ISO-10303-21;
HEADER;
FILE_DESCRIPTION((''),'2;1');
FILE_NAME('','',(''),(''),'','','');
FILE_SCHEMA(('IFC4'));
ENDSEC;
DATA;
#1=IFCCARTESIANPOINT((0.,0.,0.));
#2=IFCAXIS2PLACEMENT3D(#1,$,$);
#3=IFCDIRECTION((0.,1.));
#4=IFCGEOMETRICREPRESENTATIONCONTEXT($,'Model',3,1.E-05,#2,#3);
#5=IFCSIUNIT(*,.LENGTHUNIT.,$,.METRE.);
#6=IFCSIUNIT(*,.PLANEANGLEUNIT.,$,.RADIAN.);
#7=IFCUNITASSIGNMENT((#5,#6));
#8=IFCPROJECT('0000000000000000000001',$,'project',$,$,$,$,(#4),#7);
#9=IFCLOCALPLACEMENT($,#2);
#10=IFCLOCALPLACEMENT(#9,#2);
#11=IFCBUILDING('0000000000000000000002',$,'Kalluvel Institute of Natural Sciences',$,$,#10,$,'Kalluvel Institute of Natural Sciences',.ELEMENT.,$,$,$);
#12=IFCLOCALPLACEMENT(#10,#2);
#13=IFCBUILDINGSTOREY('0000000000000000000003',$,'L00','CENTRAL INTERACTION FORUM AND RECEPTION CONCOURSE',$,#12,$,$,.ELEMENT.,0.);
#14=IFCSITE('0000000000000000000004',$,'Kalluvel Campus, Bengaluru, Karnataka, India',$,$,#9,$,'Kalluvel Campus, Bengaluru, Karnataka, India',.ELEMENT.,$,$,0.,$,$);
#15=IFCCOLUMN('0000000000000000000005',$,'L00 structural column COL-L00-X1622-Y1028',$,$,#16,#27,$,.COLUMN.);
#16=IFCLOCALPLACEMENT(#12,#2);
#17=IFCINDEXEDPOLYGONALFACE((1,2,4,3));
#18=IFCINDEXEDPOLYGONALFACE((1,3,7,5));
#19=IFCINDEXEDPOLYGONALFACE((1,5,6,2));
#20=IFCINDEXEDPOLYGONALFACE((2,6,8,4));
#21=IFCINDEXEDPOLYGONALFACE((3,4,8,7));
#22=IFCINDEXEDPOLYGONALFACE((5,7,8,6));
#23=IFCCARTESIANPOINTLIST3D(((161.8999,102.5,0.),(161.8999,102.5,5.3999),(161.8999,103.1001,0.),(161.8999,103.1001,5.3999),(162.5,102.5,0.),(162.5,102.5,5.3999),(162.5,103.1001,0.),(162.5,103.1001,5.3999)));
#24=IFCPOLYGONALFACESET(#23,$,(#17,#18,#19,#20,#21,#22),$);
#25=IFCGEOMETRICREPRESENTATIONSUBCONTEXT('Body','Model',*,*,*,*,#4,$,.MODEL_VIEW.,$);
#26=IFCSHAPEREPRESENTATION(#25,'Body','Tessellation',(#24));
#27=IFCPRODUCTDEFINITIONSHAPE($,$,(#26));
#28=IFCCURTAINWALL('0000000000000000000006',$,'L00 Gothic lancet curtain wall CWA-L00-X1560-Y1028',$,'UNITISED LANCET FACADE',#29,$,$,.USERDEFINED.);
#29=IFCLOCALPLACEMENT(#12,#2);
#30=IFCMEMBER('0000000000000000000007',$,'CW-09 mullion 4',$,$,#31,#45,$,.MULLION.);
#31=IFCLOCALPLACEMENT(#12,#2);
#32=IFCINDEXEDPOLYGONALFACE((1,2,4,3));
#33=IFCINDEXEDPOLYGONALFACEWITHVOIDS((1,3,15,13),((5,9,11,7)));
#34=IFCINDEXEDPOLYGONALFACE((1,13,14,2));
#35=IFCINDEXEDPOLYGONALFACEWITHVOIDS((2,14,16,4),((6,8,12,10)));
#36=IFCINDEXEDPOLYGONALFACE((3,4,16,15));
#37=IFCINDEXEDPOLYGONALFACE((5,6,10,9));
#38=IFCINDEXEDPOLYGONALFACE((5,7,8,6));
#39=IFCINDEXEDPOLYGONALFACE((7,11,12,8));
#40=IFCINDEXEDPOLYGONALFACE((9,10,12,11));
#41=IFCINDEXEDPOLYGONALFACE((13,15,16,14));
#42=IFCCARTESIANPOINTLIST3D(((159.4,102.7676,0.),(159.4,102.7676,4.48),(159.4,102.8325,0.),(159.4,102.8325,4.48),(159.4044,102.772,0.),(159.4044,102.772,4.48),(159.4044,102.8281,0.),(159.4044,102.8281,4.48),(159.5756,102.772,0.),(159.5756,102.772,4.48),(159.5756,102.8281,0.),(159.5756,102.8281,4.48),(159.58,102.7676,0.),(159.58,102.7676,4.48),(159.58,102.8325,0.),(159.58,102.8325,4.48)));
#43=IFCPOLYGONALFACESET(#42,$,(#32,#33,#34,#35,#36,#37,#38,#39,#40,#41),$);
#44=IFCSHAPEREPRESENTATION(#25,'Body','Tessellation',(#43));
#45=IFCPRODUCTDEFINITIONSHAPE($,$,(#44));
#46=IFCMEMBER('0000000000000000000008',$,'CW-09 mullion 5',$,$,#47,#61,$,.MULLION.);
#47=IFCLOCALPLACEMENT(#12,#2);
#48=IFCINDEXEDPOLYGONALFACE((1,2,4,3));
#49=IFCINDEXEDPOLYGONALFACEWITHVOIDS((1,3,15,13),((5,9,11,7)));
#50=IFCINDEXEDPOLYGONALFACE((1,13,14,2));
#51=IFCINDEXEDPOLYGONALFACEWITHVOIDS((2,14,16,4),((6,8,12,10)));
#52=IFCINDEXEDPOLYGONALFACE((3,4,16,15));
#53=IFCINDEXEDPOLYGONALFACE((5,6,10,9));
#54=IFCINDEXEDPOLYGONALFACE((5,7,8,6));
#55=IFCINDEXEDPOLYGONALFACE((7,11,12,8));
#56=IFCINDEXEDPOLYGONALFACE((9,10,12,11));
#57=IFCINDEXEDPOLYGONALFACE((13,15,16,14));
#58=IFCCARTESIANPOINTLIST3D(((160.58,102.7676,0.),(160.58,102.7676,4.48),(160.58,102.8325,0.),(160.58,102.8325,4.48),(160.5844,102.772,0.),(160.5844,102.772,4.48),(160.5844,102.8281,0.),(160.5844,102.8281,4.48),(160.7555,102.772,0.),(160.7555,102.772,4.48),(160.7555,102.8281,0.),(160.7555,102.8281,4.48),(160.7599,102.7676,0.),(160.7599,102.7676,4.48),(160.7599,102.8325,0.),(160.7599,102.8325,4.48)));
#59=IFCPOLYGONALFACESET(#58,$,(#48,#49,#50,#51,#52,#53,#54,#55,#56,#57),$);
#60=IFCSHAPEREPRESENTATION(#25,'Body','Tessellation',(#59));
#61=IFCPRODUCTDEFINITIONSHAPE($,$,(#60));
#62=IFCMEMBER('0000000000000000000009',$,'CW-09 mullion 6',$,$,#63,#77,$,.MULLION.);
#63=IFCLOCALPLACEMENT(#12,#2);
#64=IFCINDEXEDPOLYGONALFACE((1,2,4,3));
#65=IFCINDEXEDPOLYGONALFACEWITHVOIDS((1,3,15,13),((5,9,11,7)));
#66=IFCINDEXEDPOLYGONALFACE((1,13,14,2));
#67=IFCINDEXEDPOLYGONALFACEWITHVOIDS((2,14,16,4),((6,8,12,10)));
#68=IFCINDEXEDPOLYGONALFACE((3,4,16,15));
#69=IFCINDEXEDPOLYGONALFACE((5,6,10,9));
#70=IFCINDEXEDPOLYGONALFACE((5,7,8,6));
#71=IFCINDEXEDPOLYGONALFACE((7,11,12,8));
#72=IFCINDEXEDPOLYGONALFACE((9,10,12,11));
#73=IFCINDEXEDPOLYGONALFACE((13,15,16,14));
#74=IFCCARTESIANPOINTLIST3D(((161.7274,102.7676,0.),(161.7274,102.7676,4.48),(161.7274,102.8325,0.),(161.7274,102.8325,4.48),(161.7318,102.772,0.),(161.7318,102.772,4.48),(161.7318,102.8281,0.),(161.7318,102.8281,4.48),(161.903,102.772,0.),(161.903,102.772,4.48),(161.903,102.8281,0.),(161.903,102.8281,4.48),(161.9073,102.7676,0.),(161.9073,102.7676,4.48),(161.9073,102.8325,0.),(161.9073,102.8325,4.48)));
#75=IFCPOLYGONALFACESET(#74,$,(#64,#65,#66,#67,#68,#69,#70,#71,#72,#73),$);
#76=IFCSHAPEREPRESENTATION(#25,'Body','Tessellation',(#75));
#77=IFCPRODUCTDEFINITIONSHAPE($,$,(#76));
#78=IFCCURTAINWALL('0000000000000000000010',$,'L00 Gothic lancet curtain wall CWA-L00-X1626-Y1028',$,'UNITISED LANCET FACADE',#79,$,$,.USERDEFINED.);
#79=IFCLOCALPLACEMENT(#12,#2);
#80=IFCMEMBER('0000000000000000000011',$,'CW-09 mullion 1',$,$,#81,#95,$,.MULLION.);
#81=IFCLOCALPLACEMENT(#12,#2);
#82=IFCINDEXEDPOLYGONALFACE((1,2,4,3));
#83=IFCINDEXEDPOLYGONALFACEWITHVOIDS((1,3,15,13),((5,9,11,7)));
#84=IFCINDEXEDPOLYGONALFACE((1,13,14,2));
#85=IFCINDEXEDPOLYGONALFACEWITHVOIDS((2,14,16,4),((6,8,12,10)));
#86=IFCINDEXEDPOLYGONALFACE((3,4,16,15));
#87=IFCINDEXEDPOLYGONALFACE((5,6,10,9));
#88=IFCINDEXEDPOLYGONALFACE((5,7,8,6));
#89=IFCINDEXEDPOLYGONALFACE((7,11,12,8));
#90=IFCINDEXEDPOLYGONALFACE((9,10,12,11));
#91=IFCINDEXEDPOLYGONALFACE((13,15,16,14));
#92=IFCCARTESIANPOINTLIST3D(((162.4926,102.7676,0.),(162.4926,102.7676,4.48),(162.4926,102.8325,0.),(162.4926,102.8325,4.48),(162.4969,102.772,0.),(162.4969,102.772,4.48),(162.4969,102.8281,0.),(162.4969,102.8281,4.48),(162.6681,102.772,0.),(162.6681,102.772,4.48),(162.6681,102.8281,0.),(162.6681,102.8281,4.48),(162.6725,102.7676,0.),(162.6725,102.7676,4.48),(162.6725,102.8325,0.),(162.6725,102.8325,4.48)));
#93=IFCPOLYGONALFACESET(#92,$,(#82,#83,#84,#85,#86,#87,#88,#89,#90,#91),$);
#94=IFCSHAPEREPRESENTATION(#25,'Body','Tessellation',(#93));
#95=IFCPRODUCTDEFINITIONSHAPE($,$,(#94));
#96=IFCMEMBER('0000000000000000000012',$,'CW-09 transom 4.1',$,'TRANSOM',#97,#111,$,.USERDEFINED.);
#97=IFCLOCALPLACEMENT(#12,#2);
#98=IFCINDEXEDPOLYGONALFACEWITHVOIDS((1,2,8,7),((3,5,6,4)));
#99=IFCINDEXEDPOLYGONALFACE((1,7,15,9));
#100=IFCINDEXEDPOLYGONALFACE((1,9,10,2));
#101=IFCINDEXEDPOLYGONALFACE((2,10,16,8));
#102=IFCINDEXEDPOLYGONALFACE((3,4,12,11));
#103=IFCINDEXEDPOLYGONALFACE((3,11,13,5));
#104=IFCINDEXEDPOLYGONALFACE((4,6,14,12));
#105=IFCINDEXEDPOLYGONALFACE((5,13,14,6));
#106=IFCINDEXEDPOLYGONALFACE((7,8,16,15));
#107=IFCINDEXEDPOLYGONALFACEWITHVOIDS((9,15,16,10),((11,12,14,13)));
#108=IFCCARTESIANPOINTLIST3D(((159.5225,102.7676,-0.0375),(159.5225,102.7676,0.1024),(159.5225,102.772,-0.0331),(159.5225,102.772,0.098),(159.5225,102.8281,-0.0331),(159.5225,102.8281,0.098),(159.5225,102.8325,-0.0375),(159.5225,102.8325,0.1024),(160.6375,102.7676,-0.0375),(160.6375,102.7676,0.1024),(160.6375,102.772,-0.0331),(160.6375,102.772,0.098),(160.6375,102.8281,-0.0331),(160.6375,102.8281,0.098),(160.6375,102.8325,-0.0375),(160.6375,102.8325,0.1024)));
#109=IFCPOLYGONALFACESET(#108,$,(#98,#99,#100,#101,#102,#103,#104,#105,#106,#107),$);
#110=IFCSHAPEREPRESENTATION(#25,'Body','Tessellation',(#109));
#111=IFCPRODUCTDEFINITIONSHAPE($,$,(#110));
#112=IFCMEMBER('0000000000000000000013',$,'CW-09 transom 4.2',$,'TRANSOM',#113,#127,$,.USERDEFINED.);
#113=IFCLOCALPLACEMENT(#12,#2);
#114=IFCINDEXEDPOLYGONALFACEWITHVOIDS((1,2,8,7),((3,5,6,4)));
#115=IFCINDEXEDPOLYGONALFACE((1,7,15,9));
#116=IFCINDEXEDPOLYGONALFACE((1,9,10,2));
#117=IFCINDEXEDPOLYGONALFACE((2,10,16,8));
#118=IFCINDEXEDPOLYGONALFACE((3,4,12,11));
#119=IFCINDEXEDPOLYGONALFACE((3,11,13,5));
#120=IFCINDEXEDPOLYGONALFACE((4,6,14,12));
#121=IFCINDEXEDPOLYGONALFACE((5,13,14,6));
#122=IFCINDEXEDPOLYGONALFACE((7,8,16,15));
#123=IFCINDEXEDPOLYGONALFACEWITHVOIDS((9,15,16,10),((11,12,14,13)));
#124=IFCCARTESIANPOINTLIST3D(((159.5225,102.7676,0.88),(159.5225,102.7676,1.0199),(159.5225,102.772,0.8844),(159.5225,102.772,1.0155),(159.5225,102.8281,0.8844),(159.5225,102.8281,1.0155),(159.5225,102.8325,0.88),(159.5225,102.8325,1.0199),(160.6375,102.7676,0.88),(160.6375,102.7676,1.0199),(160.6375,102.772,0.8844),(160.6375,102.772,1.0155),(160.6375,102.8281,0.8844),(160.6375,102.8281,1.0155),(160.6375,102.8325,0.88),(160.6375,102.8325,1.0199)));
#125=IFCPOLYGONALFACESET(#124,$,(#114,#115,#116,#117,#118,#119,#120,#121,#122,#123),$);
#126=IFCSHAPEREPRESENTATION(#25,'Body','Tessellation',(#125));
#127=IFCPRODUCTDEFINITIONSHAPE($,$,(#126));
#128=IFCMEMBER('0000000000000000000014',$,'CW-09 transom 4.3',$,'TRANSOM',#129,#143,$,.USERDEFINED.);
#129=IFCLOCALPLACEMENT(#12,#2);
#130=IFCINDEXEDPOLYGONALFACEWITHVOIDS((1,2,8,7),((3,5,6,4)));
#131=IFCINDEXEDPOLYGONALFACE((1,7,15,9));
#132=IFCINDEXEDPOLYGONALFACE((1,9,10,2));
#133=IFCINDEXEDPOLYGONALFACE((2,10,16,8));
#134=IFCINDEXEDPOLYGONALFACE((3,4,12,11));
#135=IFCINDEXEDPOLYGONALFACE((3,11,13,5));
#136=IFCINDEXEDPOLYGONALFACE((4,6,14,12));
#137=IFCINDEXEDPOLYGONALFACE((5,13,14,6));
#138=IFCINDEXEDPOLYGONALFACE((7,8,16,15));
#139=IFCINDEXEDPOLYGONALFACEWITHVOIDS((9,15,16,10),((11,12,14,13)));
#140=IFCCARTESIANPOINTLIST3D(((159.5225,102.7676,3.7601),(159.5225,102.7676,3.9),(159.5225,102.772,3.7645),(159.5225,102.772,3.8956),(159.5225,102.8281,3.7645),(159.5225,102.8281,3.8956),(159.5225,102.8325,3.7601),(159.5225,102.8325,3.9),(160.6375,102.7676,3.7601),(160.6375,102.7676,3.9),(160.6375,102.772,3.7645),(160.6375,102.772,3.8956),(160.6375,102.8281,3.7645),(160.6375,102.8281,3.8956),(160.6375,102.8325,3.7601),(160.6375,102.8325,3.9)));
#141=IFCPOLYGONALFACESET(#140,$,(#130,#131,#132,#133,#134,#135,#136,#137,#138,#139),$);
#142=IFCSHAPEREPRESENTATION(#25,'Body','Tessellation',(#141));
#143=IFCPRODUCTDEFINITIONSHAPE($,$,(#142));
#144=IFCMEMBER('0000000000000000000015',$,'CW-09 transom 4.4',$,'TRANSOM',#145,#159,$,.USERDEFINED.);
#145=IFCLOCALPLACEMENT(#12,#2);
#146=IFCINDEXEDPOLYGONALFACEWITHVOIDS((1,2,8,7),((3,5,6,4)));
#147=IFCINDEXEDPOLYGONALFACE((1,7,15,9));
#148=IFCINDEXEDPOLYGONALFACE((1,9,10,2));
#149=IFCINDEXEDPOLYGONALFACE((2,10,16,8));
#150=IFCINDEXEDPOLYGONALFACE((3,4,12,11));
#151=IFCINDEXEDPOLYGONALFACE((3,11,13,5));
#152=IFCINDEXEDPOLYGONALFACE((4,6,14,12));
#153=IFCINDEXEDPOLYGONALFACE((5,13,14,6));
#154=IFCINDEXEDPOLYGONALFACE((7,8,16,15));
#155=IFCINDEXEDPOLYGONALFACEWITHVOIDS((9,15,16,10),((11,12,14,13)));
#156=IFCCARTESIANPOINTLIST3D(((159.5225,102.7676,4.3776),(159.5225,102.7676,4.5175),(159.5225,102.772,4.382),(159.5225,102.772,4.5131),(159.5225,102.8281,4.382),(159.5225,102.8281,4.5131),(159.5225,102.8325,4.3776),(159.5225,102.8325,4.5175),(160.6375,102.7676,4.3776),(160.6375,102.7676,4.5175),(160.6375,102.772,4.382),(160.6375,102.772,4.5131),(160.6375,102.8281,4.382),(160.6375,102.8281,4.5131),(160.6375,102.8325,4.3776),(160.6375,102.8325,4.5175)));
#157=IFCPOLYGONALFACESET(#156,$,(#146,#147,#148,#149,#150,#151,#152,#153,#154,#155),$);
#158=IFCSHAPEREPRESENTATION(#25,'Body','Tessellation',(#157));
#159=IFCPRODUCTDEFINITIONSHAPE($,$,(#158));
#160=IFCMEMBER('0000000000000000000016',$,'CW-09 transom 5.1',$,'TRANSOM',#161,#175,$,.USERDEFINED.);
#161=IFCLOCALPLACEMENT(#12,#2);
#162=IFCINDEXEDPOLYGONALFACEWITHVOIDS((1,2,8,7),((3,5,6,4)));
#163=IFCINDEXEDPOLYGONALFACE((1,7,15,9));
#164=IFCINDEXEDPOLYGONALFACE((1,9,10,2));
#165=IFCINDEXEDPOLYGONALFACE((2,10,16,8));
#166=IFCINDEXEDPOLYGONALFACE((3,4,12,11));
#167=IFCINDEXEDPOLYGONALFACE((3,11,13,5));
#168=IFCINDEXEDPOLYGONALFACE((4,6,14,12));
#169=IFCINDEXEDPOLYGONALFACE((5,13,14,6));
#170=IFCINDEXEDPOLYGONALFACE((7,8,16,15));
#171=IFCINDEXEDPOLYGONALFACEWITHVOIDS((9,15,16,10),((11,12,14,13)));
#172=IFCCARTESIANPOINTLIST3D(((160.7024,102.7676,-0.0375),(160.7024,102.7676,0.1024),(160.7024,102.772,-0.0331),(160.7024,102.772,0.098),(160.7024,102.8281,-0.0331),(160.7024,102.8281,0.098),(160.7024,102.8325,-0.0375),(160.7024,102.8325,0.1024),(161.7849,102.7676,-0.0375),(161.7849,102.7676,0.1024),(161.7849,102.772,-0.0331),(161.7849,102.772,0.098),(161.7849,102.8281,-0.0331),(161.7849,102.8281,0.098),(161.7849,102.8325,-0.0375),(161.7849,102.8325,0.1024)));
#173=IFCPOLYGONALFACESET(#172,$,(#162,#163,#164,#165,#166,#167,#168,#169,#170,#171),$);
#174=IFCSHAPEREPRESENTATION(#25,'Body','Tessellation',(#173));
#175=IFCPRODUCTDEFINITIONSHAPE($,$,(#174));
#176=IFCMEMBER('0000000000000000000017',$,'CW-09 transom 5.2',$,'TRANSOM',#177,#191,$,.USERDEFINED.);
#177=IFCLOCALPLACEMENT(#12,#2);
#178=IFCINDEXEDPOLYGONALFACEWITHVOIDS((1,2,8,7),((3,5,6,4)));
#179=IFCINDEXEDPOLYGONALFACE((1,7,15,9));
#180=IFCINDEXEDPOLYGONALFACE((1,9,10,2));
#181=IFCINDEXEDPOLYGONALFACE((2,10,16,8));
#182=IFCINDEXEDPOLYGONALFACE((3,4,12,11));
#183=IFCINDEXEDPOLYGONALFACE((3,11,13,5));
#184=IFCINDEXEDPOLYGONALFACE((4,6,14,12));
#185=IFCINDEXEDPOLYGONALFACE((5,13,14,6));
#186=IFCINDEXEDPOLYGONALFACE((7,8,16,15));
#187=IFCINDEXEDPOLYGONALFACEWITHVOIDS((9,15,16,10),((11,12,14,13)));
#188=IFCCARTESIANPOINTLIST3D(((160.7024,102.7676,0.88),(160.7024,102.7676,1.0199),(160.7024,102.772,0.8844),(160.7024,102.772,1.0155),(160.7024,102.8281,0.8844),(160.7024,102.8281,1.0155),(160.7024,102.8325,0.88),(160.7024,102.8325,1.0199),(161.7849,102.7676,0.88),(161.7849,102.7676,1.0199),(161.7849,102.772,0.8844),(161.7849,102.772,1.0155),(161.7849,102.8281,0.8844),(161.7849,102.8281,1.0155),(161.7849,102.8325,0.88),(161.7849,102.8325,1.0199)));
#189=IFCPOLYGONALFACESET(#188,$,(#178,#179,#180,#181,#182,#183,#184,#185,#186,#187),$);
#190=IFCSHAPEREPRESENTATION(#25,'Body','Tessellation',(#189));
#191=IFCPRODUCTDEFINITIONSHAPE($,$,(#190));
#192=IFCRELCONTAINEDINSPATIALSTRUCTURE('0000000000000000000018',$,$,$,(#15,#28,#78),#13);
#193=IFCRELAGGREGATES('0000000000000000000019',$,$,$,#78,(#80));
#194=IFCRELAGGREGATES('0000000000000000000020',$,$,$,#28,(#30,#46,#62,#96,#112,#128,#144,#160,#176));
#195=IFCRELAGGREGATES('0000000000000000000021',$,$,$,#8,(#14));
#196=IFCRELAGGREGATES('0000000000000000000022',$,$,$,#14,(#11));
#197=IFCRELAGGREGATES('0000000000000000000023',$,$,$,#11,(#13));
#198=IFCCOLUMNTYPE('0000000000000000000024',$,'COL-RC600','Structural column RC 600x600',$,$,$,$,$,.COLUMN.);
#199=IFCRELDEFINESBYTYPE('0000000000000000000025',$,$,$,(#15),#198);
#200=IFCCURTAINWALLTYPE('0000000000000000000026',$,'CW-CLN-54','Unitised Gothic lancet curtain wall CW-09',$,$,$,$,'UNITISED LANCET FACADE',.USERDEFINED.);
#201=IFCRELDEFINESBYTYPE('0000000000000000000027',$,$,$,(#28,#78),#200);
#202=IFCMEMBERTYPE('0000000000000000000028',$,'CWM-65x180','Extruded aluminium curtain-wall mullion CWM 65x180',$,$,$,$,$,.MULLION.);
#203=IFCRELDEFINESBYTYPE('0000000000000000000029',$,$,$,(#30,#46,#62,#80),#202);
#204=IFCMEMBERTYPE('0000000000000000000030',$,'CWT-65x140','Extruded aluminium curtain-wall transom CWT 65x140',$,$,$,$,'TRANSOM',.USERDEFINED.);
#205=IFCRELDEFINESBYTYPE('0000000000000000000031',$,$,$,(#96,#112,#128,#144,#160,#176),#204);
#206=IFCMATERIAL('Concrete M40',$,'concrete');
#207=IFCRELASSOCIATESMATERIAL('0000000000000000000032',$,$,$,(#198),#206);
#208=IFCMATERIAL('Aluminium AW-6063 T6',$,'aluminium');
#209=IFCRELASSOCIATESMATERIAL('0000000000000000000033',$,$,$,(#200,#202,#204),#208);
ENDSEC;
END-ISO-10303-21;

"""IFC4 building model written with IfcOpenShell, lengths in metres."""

from ifc_helpers import new_model, si_unit, direction, frame, origin, origin_2d, place, context, subcontext, project, spatial, rectangle, hollow_rectangle, extrude, material, material_profile, profile_set, type_object, element, aggregate, save


model = new_model("IFC4")

# Units and contexts
model_context = context("Model", 3, precision=1e-05, world=origin(), true_north=direction((0.0, 1.0)))
body_context = subcontext(model_context, "Body", "Model", "MODEL_VIEW")
ifc_project = project(units=[si_unit("LENGTHUNIT", "METRE"), si_unit("PLANEANGLEUNIT", "RADIAN")], contexts=[model_context])

# Site, building, storey
site_placement = place(None, origin())
site = spatial("IfcSite", under=ifc_project, at=site_placement, Name="Kalluvel Campus, Bengaluru, Karnataka, India", LongName="Kalluvel Campus, Bengaluru, Karnataka, India", CompositionType="ELEMENT", RefElevation=0.0)
building_placement = place(site_placement, origin())
building = spatial("IfcBuilding", under=site, at=building_placement, Name="Kalluvel Institute of Natural Sciences", LongName="Kalluvel Institute of Natural Sciences", CompositionType="ELEMENT")
storey_placement = place(building_placement, origin())
storey = spatial("IfcBuildingStorey", under=building, at=storey_placement, Name="L00", Description="CENTRAL INTERACTION FORUM AND RECEPTION CONCOURSE", CompositionType="ELEMENT", Elevation=0.0)

# Column
ifc_material_1 = material(Name="Concrete M40", Category="concrete")
ifc_material_profile_1 = material_profile(ifc_material_1, rectangle(XDim=0.6001, YDim=0.6001, at=origin_2d()), Name="RC 600x600")
ifc_profile_set_1 = profile_set([ifc_material_profile_1], Name="Concrete M40")
column_type = type_object("IfcColumnType", Name="COL-RC600", Description="Structural column RC 600x600", PredefinedType="COLUMN", material=ifc_profile_set_1)
column_placement = place(storey_placement, frame((162.2, 102.8, 0.0), z_axis=(0.0, 0.0, 1.0), x_axis=(1.0, 0.0, 0.0)))
element("IfcColumn", 1, at=column_placement, inside=storey, type_object=column_type, Name="L00 structural column COL-L00-X1622-Y1028", PredefinedType="COLUMN", context=body_context, shape_type="SweptSolid", body=[
    extrude(rectangle(XDim=0.6001, YDim=0.6001, at=origin_2d()), origin(), (0.0, 0.0, 1.0), 5.3999),
])

# Curtain wall, members
ifc_material_2 = material(Name="Aluminium AW-6063 T6", Category="aluminium")
curtain_wall_type = type_object("IfcCurtainWallType", Name="CW-CLN-54", Description="Unitised Gothic lancet curtain wall CW-09", ElementType="UNITISED LANCET FACADE", PredefinedType="USERDEFINED", material=ifc_material_2)
curtain_wall_1_placement = place(storey_placement, origin())
curtain_wall_1 = element("IfcCurtainWall", 2, at=curtain_wall_1_placement, inside=storey, type_object=curtain_wall_type, Name="L00 Gothic lancet curtain wall CWA-L00-X1560-Y1028", ObjectType="UNITISED LANCET FACADE", PredefinedType="USERDEFINED")
ifc_material_profile_2 = material_profile(ifc_material_2, hollow_rectangle(XDim=0.0649, YDim=0.1799, WallThickness=0.0044, at=origin_2d()), Name="CWM 65x180")
ifc_profile_set_2 = profile_set([ifc_material_profile_2], Name="Aluminium AW-6063 T6")
member_type_1 = type_object("IfcMemberType", Name="CWM-65x180", Description="Extruded aluminium curtain-wall mullion CWM 65x180", PredefinedType="MULLION", material=ifc_profile_set_2)
member_1_placement = place(storey_placement, frame((159.49, 102.8, 0.0), z_axis=(0.0, 0.0, 1.0), x_axis=(0.0, 1.0, 0.0)))
member_1 = element("IfcMember", 3, at=member_1_placement, type_object=member_type_1, Name="CW-09 mullion 4", PredefinedType="MULLION", context=body_context, shape_type="SweptSolid", body=[
    extrude(hollow_rectangle(XDim=0.0649, YDim=0.1799, WallThickness=0.0044, at=origin_2d()), origin(), (0.0, 0.0, 1.0), 4.48),
])
member_2_placement = place(storey_placement, frame((160.6699, 102.8, 0.0), z_axis=(0.0, 0.0, 1.0), x_axis=(0.0, 1.0, 0.0)))
member_2 = element("IfcMember", 4, at=member_2_placement, type_object=member_type_1, Name="CW-09 mullion 5", PredefinedType="MULLION", context=body_context, shape_type="SweptSolid", body=[
    extrude(hollow_rectangle(XDim=0.0649, YDim=0.1799, WallThickness=0.0044, at=origin_2d()), origin(), (0.0, 0.0, 1.0), 4.48),
])
member_3_placement = place(storey_placement, frame((161.8174, 102.8, 0.0), z_axis=(0.0, 0.0, 1.0), x_axis=(0.0, 1.0, 0.0)))
member_3 = element("IfcMember", 5, at=member_3_placement, type_object=member_type_1, Name="CW-09 mullion 6", PredefinedType="MULLION", context=body_context, shape_type="SweptSolid", body=[
    extrude(hollow_rectangle(XDim=0.0649, YDim=0.1799, WallThickness=0.0044, at=origin_2d()), origin(), (0.0, 0.0, 1.0), 4.48),
])

# Curtain wall, member
curtain_wall_2_placement = place(storey_placement, origin())
curtain_wall_2 = element("IfcCurtainWall", 6, at=curtain_wall_2_placement, inside=storey, type_object=curtain_wall_type, Name="L00 Gothic lancet curtain wall CWA-L00-X1626-Y1028", ObjectType="UNITISED LANCET FACADE", PredefinedType="USERDEFINED")
member_4_placement = place(storey_placement, frame((162.5825, 102.8, 0.0), z_axis=(0.0, 0.0, 1.0), x_axis=(0.0, 1.0, 0.0)))
member_4 = element("IfcMember", 7, at=member_4_placement, type_object=member_type_1, Name="CW-09 mullion 1", PredefinedType="MULLION", context=body_context, shape_type="SweptSolid", body=[
    extrude(hollow_rectangle(XDim=0.0649, YDim=0.1799, WallThickness=0.0044, at=origin_2d()), origin(), (0.0, 0.0, 1.0), 4.48),
])

# Members
ifc_material_profile_3 = material_profile(ifc_material_2, hollow_rectangle(XDim=0.0649, YDim=0.1399, WallThickness=0.0044, at=origin_2d()), Name="CWT 65x140")
ifc_profile_set_3 = profile_set([ifc_material_profile_3], Name="Aluminium AW-6063 T6")
member_type_2 = type_object("IfcMemberType", Name="CWT-65x140", Description="Extruded aluminium curtain-wall transom CWT 65x140", ElementType="TRANSOM", PredefinedType="USERDEFINED", material=ifc_profile_set_3)
member_5_placement = place(storey_placement, frame((159.5225, 102.8, 0.0325), z_axis=(1.0, 0.0, 0.0), x_axis=(0.0, 1.0, 0.0)))
member_5 = element("IfcMember", 8, at=member_5_placement, type_object=member_type_2, Name="CW-09 transom 4.1", ObjectType="TRANSOM", PredefinedType="USERDEFINED", context=body_context, shape_type="SweptSolid", body=[
    extrude(hollow_rectangle(XDim=0.0649, YDim=0.1399, WallThickness=0.0044, at=origin_2d()), origin(), (0.0, 0.0, 1.0), 1.115),
])
member_6_placement = place(storey_placement, frame((159.5225, 102.8, 0.95), z_axis=(1.0, 0.0, 0.0), x_axis=(0.0, 1.0, 0.0)))
member_6 = element("IfcMember", 9, at=member_6_placement, type_object=member_type_2, Name="CW-09 transom 4.2", ObjectType="TRANSOM", PredefinedType="USERDEFINED", context=body_context, shape_type="SweptSolid", body=[
    extrude(hollow_rectangle(XDim=0.0649, YDim=0.1399, WallThickness=0.0044, at=origin_2d()), origin(), (0.0, 0.0, 1.0), 1.115),
])
member_7_placement = place(storey_placement, frame((159.5225, 102.8, 3.8301), z_axis=(1.0, 0.0, 0.0), x_axis=(0.0, 1.0, 0.0)))
member_7 = element("IfcMember", 10, at=member_7_placement, type_object=member_type_2, Name="CW-09 transom 4.3", ObjectType="TRANSOM", PredefinedType="USERDEFINED", context=body_context, shape_type="SweptSolid", body=[
    extrude(hollow_rectangle(XDim=0.0649, YDim=0.1399, WallThickness=0.0044, at=origin_2d()), origin(), (0.0, 0.0, 1.0), 1.115),
])
member_8_placement = place(storey_placement, frame((159.5225, 102.8, 4.4475), z_axis=(1.0, 0.0, 0.0), x_axis=(0.0, 1.0, 0.0)))
member_8 = element("IfcMember", 11, at=member_8_placement, type_object=member_type_2, Name="CW-09 transom 4.4", ObjectType="TRANSOM", PredefinedType="USERDEFINED", context=body_context, shape_type="SweptSolid", body=[
    extrude(hollow_rectangle(XDim=0.0649, YDim=0.1399, WallThickness=0.0044, at=origin_2d()), origin(), (0.0, 0.0, 1.0), 1.115),
])
member_9_placement = place(storey_placement, frame((160.7024, 102.8, 0.0325), z_axis=(1.0, 0.0, 0.0), x_axis=(0.0, 1.0, 0.0)))
member_9 = element("IfcMember", 12, at=member_9_placement, type_object=member_type_2, Name="CW-09 transom 5.1", ObjectType="TRANSOM", PredefinedType="USERDEFINED", context=body_context, shape_type="SweptSolid", body=[
    extrude(hollow_rectangle(XDim=0.0649, YDim=0.1399, WallThickness=0.0044, at=origin_2d()), origin(), (0.0, 0.0, 1.0), 1.0825),
])
member_10_placement = place(storey_placement, frame((160.7024, 102.8, 0.95), z_axis=(1.0, 0.0, 0.0), x_axis=(0.0, 1.0, 0.0)))
member_10 = element("IfcMember", 13, at=member_10_placement, type_object=member_type_2, Name="CW-09 transom 5.2", ObjectType="TRANSOM", PredefinedType="USERDEFINED", context=body_context, shape_type="SweptSolid", body=[
    extrude(hollow_rectangle(XDim=0.0649, YDim=0.1399, WallThickness=0.0044, at=origin_2d()), origin(), (0.0, 0.0, 1.0), 1.0825),
])
aggregate(curtain_wall_2, [member_4])

aggregate(curtain_wall_1, [member_1, member_2, member_3, member_5, member_6, member_7, member_8, member_9, member_10])

save(model, "model.ifc")
